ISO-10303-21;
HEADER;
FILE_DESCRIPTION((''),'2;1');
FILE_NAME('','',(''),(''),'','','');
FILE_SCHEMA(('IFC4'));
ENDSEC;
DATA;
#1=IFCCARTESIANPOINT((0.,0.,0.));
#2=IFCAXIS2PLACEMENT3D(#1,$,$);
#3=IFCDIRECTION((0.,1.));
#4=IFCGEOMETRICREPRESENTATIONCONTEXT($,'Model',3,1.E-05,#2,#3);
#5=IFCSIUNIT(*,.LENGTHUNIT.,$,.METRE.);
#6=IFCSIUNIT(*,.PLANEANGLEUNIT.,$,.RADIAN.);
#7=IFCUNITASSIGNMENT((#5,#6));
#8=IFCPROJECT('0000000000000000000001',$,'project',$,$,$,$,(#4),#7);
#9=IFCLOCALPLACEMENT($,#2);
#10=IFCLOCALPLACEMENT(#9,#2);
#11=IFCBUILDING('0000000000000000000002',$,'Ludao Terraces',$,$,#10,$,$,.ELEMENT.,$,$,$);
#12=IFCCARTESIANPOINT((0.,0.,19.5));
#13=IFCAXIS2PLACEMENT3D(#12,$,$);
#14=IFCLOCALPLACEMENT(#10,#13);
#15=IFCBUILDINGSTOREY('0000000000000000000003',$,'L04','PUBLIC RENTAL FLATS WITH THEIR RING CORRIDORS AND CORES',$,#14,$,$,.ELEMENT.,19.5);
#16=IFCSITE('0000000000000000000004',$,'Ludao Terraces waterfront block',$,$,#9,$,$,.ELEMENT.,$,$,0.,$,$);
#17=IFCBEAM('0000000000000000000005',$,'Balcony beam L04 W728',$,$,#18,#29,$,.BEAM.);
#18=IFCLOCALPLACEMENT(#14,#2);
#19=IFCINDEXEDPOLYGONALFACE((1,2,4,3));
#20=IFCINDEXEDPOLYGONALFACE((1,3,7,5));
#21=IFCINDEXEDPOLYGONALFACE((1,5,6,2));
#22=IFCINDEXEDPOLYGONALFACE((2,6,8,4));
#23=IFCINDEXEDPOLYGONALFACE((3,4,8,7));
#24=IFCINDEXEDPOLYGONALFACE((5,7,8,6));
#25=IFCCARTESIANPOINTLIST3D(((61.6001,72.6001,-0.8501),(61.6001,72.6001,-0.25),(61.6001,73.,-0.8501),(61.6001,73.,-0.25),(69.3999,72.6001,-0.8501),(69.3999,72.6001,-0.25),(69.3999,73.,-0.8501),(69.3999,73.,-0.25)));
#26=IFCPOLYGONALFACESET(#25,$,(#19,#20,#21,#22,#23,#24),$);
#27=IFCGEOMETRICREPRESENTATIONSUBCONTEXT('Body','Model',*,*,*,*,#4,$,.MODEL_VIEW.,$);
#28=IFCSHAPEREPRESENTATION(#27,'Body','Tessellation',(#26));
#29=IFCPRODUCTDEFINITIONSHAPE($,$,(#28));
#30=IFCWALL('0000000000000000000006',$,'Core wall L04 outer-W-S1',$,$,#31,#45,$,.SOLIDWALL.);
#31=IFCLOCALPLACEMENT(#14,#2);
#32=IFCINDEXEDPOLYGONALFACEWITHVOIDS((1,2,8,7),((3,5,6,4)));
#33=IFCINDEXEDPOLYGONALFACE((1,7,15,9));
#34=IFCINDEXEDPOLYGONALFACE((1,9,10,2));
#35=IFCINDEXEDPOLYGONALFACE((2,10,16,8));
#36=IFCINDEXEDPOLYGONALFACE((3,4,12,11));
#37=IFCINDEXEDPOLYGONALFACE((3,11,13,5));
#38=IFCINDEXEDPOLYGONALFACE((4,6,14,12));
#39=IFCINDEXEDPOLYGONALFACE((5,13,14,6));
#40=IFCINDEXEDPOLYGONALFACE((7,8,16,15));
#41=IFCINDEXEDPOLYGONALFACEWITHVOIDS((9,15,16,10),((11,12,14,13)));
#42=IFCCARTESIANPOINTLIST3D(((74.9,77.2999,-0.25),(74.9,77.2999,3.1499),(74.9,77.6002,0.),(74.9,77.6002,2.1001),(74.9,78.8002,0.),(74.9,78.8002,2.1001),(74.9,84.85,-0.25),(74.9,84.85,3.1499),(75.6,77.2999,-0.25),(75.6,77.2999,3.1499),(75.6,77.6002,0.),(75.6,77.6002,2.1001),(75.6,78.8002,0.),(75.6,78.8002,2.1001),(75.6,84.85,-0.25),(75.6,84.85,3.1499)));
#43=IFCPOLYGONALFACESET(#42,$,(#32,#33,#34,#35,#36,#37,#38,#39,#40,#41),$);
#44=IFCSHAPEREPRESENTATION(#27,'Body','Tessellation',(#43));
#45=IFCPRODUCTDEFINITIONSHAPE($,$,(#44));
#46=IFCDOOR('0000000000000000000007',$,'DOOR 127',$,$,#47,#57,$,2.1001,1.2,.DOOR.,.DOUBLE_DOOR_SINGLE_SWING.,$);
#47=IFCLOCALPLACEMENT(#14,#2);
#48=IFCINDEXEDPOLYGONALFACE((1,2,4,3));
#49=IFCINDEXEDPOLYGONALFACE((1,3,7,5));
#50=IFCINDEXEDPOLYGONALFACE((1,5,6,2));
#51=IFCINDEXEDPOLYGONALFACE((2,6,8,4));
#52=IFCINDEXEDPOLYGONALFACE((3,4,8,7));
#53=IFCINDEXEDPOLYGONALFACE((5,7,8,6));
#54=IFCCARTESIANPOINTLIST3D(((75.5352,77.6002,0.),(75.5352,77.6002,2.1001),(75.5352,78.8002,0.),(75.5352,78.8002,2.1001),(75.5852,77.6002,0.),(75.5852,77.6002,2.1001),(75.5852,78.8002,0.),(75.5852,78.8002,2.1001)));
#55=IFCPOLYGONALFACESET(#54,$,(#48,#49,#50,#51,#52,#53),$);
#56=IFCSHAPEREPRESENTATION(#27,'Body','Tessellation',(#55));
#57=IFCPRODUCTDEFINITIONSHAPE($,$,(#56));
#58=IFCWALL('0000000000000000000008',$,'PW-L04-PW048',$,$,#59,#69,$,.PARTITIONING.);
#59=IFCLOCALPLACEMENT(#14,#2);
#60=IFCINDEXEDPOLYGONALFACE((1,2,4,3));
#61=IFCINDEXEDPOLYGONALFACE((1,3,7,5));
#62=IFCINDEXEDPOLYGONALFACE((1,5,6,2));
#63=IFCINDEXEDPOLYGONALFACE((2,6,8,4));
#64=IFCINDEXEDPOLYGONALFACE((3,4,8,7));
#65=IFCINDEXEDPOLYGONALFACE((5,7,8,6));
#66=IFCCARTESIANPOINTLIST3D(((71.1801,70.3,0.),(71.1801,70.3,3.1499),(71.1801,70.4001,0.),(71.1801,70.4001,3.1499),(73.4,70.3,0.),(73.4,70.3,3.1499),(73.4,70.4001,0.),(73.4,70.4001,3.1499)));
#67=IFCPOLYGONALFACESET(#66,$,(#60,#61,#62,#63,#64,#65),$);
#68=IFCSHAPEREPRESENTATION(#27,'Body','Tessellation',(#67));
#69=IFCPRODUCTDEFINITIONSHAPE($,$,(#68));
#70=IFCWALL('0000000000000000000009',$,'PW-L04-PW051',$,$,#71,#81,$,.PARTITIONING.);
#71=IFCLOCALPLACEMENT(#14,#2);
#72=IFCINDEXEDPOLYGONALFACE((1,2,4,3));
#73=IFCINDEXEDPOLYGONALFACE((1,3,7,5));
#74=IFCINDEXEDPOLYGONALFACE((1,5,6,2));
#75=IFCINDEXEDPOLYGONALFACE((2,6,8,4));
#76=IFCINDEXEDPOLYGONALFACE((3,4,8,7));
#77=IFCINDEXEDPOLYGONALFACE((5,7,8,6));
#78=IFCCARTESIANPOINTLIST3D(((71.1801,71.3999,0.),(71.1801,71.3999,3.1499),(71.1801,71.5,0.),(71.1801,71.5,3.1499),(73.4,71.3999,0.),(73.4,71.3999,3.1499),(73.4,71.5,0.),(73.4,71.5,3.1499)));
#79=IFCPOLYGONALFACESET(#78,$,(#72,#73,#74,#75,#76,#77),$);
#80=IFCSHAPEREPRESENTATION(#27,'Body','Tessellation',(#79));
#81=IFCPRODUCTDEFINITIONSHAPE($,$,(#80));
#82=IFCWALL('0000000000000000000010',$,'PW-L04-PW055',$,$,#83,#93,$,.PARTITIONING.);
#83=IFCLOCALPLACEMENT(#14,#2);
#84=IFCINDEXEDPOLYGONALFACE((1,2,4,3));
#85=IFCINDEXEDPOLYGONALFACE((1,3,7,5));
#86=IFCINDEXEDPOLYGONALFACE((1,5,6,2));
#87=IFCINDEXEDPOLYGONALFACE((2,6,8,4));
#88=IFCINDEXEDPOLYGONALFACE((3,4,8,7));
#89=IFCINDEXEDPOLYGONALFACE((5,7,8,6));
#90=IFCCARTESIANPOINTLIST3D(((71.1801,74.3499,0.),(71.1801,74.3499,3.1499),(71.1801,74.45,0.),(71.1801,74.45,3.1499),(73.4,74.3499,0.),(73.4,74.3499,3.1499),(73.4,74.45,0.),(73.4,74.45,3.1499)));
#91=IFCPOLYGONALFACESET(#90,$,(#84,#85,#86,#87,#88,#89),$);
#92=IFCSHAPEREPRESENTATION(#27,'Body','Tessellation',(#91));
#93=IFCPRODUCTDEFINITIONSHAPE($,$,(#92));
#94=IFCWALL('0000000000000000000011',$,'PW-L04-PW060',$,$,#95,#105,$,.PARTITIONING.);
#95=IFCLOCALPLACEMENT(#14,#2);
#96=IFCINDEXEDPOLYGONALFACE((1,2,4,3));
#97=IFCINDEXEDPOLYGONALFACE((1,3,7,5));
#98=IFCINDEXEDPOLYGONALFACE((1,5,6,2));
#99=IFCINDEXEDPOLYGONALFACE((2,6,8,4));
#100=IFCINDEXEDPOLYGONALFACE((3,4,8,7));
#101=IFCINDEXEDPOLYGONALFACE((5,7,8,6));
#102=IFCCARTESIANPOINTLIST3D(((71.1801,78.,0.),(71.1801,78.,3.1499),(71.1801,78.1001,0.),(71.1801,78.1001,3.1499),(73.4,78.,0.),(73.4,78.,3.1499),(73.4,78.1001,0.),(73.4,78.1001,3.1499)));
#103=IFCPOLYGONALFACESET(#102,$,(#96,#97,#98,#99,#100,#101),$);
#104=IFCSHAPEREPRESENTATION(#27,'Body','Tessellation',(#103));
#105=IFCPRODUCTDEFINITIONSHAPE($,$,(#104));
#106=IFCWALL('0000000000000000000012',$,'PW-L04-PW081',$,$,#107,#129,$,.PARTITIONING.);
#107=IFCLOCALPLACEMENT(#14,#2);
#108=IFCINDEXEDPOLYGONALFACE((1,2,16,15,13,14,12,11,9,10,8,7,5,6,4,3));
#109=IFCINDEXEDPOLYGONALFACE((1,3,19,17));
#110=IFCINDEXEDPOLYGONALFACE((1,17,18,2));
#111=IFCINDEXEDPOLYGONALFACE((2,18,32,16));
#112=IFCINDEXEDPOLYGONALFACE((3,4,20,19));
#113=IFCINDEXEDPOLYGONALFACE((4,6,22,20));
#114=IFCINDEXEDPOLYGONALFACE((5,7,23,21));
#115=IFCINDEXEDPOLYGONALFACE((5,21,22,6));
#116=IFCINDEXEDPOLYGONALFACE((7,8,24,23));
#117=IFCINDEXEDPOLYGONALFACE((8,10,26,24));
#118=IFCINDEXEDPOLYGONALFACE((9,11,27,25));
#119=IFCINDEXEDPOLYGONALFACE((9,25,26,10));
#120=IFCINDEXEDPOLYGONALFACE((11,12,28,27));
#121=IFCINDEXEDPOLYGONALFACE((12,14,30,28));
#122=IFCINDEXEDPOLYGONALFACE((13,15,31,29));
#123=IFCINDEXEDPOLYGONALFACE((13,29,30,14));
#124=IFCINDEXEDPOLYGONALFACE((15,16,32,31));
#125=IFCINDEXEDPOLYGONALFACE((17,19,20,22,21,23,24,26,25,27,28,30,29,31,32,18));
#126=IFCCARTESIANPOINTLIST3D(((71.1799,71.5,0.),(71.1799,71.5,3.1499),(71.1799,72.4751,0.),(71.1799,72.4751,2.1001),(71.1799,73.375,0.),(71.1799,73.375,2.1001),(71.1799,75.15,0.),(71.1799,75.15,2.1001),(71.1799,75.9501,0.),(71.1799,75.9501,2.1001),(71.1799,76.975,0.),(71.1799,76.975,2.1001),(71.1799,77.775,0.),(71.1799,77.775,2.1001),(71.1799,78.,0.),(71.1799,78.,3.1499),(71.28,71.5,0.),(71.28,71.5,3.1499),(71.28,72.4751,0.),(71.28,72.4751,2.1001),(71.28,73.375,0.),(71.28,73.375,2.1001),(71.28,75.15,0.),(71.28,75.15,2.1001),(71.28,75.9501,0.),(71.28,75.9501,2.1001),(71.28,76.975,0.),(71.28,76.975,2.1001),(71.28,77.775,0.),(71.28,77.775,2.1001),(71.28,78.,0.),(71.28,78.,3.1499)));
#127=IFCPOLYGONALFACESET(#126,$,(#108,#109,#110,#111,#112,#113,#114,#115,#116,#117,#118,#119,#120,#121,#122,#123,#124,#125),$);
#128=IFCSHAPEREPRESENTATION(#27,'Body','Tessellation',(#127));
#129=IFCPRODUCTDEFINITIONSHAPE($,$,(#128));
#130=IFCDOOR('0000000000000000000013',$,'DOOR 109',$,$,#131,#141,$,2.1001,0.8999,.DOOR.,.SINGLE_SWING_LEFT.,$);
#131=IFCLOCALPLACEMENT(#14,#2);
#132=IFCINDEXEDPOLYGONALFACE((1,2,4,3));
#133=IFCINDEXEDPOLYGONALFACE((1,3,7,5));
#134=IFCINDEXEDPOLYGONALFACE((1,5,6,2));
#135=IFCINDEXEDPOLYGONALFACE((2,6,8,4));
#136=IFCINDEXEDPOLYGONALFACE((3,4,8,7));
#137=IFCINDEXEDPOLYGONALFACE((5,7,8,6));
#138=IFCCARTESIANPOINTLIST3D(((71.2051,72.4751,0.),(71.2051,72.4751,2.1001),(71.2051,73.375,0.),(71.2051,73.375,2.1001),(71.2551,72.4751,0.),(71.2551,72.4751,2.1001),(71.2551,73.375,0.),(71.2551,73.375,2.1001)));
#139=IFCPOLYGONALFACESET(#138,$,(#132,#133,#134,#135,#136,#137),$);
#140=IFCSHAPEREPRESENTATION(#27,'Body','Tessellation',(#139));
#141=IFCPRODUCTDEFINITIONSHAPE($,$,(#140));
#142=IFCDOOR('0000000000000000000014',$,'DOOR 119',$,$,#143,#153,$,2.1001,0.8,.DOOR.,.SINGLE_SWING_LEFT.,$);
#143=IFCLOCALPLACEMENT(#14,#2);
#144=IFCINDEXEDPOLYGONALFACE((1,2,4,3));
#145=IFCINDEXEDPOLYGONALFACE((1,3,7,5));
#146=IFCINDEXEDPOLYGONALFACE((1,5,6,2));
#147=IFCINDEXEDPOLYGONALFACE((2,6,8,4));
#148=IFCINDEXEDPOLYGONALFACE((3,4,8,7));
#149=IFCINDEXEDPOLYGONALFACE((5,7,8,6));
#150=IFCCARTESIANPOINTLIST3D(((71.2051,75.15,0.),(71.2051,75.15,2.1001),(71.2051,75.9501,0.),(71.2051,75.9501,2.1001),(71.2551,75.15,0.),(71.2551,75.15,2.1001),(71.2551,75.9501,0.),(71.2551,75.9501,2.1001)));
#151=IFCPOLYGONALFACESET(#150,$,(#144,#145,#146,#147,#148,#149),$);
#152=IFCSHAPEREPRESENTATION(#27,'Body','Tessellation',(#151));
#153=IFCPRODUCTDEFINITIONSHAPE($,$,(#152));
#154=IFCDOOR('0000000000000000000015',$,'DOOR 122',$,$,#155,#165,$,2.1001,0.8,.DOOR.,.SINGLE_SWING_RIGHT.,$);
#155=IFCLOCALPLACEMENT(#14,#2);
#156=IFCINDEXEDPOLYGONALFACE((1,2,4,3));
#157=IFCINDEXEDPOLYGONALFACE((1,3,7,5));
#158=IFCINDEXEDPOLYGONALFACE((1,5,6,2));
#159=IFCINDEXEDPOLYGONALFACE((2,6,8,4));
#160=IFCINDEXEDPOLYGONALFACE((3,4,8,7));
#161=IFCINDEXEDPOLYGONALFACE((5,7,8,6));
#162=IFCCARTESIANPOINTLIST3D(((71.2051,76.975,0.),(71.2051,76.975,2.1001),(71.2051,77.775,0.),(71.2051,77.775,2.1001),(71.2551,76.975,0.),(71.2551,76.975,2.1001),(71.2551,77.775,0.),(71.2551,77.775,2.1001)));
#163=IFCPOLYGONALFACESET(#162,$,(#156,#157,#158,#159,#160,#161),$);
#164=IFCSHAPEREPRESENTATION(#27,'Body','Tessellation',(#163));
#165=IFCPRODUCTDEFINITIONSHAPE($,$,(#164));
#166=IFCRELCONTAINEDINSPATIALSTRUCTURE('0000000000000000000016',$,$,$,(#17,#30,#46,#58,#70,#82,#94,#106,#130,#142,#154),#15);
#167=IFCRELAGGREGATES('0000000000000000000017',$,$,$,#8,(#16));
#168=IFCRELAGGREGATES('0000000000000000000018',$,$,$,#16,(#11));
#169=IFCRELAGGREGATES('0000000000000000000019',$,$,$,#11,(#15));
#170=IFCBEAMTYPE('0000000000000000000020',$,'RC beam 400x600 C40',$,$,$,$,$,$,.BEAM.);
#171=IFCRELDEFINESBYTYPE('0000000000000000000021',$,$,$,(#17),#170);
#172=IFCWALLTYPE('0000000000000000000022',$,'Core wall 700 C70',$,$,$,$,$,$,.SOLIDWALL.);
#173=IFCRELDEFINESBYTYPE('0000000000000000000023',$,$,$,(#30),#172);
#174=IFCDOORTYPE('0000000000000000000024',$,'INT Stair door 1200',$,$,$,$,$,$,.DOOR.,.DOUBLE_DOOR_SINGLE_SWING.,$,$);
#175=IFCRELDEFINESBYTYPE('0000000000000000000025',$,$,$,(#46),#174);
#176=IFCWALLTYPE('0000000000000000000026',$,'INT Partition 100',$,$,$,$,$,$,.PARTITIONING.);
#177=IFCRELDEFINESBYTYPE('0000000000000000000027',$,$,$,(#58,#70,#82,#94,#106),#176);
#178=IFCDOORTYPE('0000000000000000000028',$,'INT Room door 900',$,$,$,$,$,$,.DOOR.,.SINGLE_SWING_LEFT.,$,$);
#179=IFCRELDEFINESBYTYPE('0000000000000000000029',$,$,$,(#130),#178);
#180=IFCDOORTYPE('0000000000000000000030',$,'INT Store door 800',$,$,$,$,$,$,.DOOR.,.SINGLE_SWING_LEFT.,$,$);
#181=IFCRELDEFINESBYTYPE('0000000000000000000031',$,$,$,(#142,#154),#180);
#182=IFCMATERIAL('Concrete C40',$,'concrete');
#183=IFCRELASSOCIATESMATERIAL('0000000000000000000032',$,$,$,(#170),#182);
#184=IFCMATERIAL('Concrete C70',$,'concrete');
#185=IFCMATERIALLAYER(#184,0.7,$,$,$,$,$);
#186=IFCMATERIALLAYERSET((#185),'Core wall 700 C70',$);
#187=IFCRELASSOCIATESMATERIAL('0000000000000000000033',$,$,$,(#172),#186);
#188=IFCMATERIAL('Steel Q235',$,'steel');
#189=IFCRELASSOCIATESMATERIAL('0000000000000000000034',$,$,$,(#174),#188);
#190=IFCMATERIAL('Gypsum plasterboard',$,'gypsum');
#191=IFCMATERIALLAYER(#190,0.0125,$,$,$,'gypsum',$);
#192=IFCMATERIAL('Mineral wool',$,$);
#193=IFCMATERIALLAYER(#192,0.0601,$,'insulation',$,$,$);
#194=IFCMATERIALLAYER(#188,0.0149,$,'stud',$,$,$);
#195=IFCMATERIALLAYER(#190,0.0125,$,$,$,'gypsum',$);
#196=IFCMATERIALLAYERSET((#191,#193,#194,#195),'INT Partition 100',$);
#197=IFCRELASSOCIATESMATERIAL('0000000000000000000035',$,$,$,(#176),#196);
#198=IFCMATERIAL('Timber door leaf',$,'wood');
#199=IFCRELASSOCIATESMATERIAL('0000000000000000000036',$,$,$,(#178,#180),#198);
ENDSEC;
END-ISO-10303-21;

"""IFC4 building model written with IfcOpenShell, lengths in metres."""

from ifc_helpers import new_model, si_unit, direction, frame, frame_2d, origin, origin_2d, place, context, subcontext, project, spatial, rectangle, extrude, material, layer, layer_set, material_profile, profile_set, type_object, element, fill, save


model = new_model("IFC4")

# Units and contexts
model_context = context("Model", 3, precision=1e-05, world=origin(), true_north=direction((0.0, 1.0)))
body_context = subcontext(model_context, "Body", "Model", "MODEL_VIEW")
ifc_project = project(units=[si_unit("LENGTHUNIT", "METRE"), si_unit("PLANEANGLEUNIT", "RADIAN")], contexts=[model_context])

# Site, building, storey
site_placement = place(None, origin())
site = spatial("IfcSite", under=ifc_project, at=site_placement, Name="Ludao Terraces waterfront block", CompositionType="ELEMENT", RefElevation=0.0)
building_placement = place(site_placement, origin())
building = spatial("IfcBuilding", under=site, at=building_placement, Name="Ludao Terraces", CompositionType="ELEMENT")
storey_placement = place(building_placement, frame((0.0, 0.0, 19.5)))
storey = spatial("IfcBuildingStorey", under=building, at=storey_placement, Name="L04", Description="PUBLIC RENTAL FLATS WITH THEIR RING CORRIDORS AND CORES", CompositionType="ELEMENT", Elevation=19.5)

# Beam
ifc_material_1 = material(Name="Concrete C40", Category="concrete")
ifc_material_profile = material_profile(ifc_material_1, rectangle(XDim=0.3999, YDim=0.6001, at=origin_2d()), Name="400 X 600")
ifc_profile_set = profile_set([ifc_material_profile], Name="Concrete C40")
beam_type = type_object("IfcBeamType", Name="RC beam 400x600 C40", PredefinedType="BEAM", material=ifc_profile_set)
beam_placement = place(storey_placement, frame((69.3999, 72.8, -0.55), z_axis=(-1.0, 0.0, 0.0), x_axis=(0.0, -1.0, 0.0)))
element("IfcBeam", 1, at=beam_placement, inside=storey, type_object=beam_type, Name="Balcony beam L04 W728", PredefinedType="BEAM", context=body_context, shape_type="SweptSolid", body=[
    extrude(rectangle(XDim=0.3999, YDim=0.6001, at=origin_2d()), origin(), (0.0, 0.0, 1.0), 7.7998),
])

# Wall, opening, door
ifc_material_2 = material(Name="Concrete C70", Category="concrete")
ifc_layer_1 = layer(ifc_material_2, 0.7)
ifc_layer_set_1 = layer_set([ifc_layer_1], Name="Core wall 700 C70")
wall_type_1 = type_object("IfcWallType", Name="Core wall 700 C70", PredefinedType="SOLIDWALL", material=ifc_layer_set_1)
wall_1_placement = place(storey_placement, frame((75.25, 77.3, -0.25), z_axis=(0.0, 0.0, 1.0), x_axis=(0.0, 1.0, 0.0)))
wall_1 = element("IfcWall", 2, at=wall_1_placement, inside=storey, type_object=wall_type_1, Name="Core wall L04 outer-W-S1", PredefinedType="SOLIDWALL", context=body_context, shape_type="SweptSolid", body=[
    extrude(rectangle(XDim=7.55, YDim=0.7, at=frame_2d((3.7749, 0.0))), origin(), (0.0, 0.0, 1.0), 3.3999),
])
opening_1_placement = place(wall_1_placement, frame((0.3, 0.0, 0.25)))
opening_1 = element("IfcOpeningElement", 3, at=opening_1_placement, cuts=wall_1, PredefinedType="OPENING", context=body_context, shape_type="SweptSolid", body=[
    extrude(rectangle(XDim=1.2, YDim=2.1001, at=frame_2d((0.6001, 1.05))), frame((0.0, 0.3599, 0.0), z_axis=(0.0, -1.0, 0.0), x_axis=(1.0, 0.0, 0.0)), (0.0, 0.0, 1.0), 0.72),
])
ifc_material_3 = material(Name="Steel Q235", Category="steel")
door_type_1 = type_object("IfcDoorType", Name="INT Stair door 1200", OperationType="DOUBLE_DOOR_SINGLE_SWING", PredefinedType="DOOR", material=ifc_material_3)
door_1_placement = place(opening_1_placement, origin())
door_1 = element("IfcDoor", 4, at=door_1_placement, inside=storey, type_object=door_type_1, Name="DOOR 127", OperationType="DOUBLE_DOOR_SINGLE_SWING", OverallHeight=2.1001, OverallWidth=1.2, PredefinedType="DOOR", context=body_context, shape_type="SweptSolid", body=[
    extrude(rectangle(XDim=1.2, YDim=2.1001, at=frame_2d((0.6001, 1.05))), frame((0.0, -0.2852, 0.0), z_axis=(0.0, -1.0, 0.0), x_axis=(1.0, 0.0, 0.0)), (0.0, 0.0, 1.0), 0.05),
])
fill(opening_1, door_1)

# Walls
ifc_material_4 = material(Name="Gypsum plasterboard", Category="gypsum")
ifc_layer_2 = layer(ifc_material_4, 0.0125, Category="gypsum")
ifc_material_5 = material(Name="Mineral wool")
ifc_layer_3 = layer(ifc_material_5, 0.0601, Name="insulation")
ifc_layer_4 = layer(ifc_material_3, 0.0149, Name="stud")
ifc_layer_5 = layer(ifc_material_4, 0.0125, Category="gypsum")
ifc_layer_set_2 = layer_set([ifc_layer_2, ifc_layer_3, ifc_layer_4, ifc_layer_5], Name="INT Partition 100")
wall_type_2 = type_object("IfcWallType", Name="INT Partition 100", PredefinedType="PARTITIONING", material=ifc_layer_set_2)
for number, where, z_axis, x_axis, name in (
    (5, (71.1802, 70.3501, 0.0), (0.0, 0.0, 1.0), (1.0, 0.0, 0.0), "PW-L04-PW048"),
    (6, (71.1802, 71.45, 0.0), (0.0, 0.0, 1.0), (1.0, 0.0, 0.0), "PW-L04-PW051"),
    (7, (71.1802, 74.3999, 0.0), (0.0, 0.0, 1.0), (1.0, 0.0, 0.0), "PW-L04-PW055"),
    (8, (71.1802, 78.05, 0.0), (0.0, 0.0, 1.0), (1.0, 0.0, 0.0), "PW-L04-PW060"),
):
    element("IfcWall", number, at=place(storey_placement, frame(where, z_axis=z_axis, x_axis=x_axis)), inside=storey, type_object=wall_type_2, Name=name, PredefinedType="PARTITIONING", context=body_context, shape_type="SweptSolid", body=[
        extrude(rectangle(XDim=2.22, YDim=0.1001, at=frame_2d((1.1099, 0.0))), origin(), (0.0, 0.0, 1.0), 3.1499),
    ])

# Wall, openings, doors
wall_2_placement = place(storey_placement, frame((71.23, 71.5, 0.0), z_axis=(0.0, 0.0, 1.0), x_axis=(0.0, 1.0, 0.0)))
wall_2 = element("IfcWall", 9, at=wall_2_placement, inside=storey, type_object=wall_type_2, Name="PW-L04-PW081", PredefinedType="PARTITIONING", context=body_context, shape_type="SweptSolid", body=[
    extrude(rectangle(XDim=6.5, YDim=0.1001, at=frame_2d((3.25, 0.0))), origin(), (0.0, 0.0, 1.0), 3.1499),
])
opening_2_placement = place(wall_2_placement, frame((0.9751, 0.0, 0.0)))
opening_2 = element("IfcOpeningElement", 10, at=opening_2_placement, cuts=wall_2, PredefinedType="OPENING", context=body_context, shape_type="SweptSolid", body=[
    extrude(rectangle(XDim=0.8999, YDim=2.1001, at=frame_2d((0.45, 1.05))), frame((0.0, 0.0601, 0.0), z_axis=(0.0, -1.0, 0.0), x_axis=(1.0, 0.0, 0.0)), (0.0, 0.0, 1.0), 0.1201),
])
opening_3_placement = place(wall_2_placement, frame((3.6501, 0.0, 0.0)))
opening_3 = element("IfcOpeningElement", 11, at=opening_3_placement, cuts=wall_2, PredefinedType="OPENING", context=body_context, shape_type="SweptSolid", body=[
    extrude(rectangle(XDim=0.8, YDim=2.1001, at=frame_2d((0.3999, 1.05))), frame((0.0, 0.0601, 0.0), z_axis=(0.0, -1.0, 0.0), x_axis=(1.0, 0.0, 0.0)), (0.0, 0.0, 1.0), 0.1201),
])
opening_4_placement = place(wall_2_placement, frame((5.4751, 0.0, 0.0)))
opening_4 = element("IfcOpeningElement", 12, at=opening_4_placement, cuts=wall_2, PredefinedType="OPENING", context=body_context, shape_type="SweptSolid", body=[
    extrude(rectangle(XDim=0.8, YDim=2.1001, at=frame_2d((0.3999, 1.05))), frame((0.0, 0.0601, 0.0), z_axis=(0.0, -1.0, 0.0), x_axis=(1.0, 0.0, 0.0)), (0.0, 0.0, 1.0), 0.1201),
])
ifc_material_6 = material(Name="Timber door leaf", Category="wood")
door_type_2 = type_object("IfcDoorType", Name="INT Room door 900", OperationType="SINGLE_SWING_LEFT", PredefinedType="DOOR", material=ifc_material_6)
door_2_placement = place(opening_2_placement, origin())
door_2 = element("IfcDoor", 13, at=door_2_placement, inside=storey, type_object=door_type_2, Name="DOOR 109", OperationType="SINGLE_SWING_LEFT", OverallHeight=2.1001, OverallWidth=0.8999, PredefinedType="DOOR", context=body_context, shape_type="SweptSolid", body=[
    extrude(rectangle(XDim=0.8999, YDim=2.1001, at=frame_2d((0.45, 1.05))), frame((0.0, 0.0249, 0.0), z_axis=(0.0, -1.0, 0.0), x_axis=(1.0, 0.0, 0.0)), (0.0, 0.0, 1.0), 0.05),
])
fill(opening_2, door_2)
door_type_3 = type_object("IfcDoorType", Name="INT Store door 800", OperationType="SINGLE_SWING_LEFT", PredefinedType="DOOR", material=ifc_material_6)
door_3_placement = place(opening_3_placement, origin())
door_3 = element("IfcDoor", 14, at=door_3_placement, inside=storey, type_object=door_type_3, Name="DOOR 119", OperationType="SINGLE_SWING_LEFT", OverallHeight=2.1001, OverallWidth=0.8, PredefinedType="DOOR", context=body_context, shape_type="SweptSolid", body=[
    extrude(rectangle(XDim=0.8, YDim=2.1001, at=frame_2d((0.3999, 1.05))), frame((0.0, 0.0249, 0.0), z_axis=(0.0, -1.0, 0.0), x_axis=(1.0, 0.0, 0.0)), (0.0, 0.0, 1.0), 0.05),
])
fill(opening_3, door_3)
door_4_placement = place(opening_4_placement, origin())
door_4 = element("IfcDoor", 15, at=door_4_placement, inside=storey, type_object=door_type_3, Name="DOOR 122", OperationType="SINGLE_SWING_RIGHT", OverallHeight=2.1001, OverallWidth=0.8, PredefinedType="DOOR", context=body_context, shape_type="SweptSolid", body=[
    extrude(rectangle(XDim=0.8, YDim=2.1001, at=frame_2d((0.3999, 1.05))), frame((0.0, 0.0249, 0.0), z_axis=(0.0, -1.0, 0.0), x_axis=(1.0, 0.0, 0.0)), (0.0, 0.0, 1.0), 0.05),
])
fill(opening_4, door_4)

save(model, "model.ifc")
